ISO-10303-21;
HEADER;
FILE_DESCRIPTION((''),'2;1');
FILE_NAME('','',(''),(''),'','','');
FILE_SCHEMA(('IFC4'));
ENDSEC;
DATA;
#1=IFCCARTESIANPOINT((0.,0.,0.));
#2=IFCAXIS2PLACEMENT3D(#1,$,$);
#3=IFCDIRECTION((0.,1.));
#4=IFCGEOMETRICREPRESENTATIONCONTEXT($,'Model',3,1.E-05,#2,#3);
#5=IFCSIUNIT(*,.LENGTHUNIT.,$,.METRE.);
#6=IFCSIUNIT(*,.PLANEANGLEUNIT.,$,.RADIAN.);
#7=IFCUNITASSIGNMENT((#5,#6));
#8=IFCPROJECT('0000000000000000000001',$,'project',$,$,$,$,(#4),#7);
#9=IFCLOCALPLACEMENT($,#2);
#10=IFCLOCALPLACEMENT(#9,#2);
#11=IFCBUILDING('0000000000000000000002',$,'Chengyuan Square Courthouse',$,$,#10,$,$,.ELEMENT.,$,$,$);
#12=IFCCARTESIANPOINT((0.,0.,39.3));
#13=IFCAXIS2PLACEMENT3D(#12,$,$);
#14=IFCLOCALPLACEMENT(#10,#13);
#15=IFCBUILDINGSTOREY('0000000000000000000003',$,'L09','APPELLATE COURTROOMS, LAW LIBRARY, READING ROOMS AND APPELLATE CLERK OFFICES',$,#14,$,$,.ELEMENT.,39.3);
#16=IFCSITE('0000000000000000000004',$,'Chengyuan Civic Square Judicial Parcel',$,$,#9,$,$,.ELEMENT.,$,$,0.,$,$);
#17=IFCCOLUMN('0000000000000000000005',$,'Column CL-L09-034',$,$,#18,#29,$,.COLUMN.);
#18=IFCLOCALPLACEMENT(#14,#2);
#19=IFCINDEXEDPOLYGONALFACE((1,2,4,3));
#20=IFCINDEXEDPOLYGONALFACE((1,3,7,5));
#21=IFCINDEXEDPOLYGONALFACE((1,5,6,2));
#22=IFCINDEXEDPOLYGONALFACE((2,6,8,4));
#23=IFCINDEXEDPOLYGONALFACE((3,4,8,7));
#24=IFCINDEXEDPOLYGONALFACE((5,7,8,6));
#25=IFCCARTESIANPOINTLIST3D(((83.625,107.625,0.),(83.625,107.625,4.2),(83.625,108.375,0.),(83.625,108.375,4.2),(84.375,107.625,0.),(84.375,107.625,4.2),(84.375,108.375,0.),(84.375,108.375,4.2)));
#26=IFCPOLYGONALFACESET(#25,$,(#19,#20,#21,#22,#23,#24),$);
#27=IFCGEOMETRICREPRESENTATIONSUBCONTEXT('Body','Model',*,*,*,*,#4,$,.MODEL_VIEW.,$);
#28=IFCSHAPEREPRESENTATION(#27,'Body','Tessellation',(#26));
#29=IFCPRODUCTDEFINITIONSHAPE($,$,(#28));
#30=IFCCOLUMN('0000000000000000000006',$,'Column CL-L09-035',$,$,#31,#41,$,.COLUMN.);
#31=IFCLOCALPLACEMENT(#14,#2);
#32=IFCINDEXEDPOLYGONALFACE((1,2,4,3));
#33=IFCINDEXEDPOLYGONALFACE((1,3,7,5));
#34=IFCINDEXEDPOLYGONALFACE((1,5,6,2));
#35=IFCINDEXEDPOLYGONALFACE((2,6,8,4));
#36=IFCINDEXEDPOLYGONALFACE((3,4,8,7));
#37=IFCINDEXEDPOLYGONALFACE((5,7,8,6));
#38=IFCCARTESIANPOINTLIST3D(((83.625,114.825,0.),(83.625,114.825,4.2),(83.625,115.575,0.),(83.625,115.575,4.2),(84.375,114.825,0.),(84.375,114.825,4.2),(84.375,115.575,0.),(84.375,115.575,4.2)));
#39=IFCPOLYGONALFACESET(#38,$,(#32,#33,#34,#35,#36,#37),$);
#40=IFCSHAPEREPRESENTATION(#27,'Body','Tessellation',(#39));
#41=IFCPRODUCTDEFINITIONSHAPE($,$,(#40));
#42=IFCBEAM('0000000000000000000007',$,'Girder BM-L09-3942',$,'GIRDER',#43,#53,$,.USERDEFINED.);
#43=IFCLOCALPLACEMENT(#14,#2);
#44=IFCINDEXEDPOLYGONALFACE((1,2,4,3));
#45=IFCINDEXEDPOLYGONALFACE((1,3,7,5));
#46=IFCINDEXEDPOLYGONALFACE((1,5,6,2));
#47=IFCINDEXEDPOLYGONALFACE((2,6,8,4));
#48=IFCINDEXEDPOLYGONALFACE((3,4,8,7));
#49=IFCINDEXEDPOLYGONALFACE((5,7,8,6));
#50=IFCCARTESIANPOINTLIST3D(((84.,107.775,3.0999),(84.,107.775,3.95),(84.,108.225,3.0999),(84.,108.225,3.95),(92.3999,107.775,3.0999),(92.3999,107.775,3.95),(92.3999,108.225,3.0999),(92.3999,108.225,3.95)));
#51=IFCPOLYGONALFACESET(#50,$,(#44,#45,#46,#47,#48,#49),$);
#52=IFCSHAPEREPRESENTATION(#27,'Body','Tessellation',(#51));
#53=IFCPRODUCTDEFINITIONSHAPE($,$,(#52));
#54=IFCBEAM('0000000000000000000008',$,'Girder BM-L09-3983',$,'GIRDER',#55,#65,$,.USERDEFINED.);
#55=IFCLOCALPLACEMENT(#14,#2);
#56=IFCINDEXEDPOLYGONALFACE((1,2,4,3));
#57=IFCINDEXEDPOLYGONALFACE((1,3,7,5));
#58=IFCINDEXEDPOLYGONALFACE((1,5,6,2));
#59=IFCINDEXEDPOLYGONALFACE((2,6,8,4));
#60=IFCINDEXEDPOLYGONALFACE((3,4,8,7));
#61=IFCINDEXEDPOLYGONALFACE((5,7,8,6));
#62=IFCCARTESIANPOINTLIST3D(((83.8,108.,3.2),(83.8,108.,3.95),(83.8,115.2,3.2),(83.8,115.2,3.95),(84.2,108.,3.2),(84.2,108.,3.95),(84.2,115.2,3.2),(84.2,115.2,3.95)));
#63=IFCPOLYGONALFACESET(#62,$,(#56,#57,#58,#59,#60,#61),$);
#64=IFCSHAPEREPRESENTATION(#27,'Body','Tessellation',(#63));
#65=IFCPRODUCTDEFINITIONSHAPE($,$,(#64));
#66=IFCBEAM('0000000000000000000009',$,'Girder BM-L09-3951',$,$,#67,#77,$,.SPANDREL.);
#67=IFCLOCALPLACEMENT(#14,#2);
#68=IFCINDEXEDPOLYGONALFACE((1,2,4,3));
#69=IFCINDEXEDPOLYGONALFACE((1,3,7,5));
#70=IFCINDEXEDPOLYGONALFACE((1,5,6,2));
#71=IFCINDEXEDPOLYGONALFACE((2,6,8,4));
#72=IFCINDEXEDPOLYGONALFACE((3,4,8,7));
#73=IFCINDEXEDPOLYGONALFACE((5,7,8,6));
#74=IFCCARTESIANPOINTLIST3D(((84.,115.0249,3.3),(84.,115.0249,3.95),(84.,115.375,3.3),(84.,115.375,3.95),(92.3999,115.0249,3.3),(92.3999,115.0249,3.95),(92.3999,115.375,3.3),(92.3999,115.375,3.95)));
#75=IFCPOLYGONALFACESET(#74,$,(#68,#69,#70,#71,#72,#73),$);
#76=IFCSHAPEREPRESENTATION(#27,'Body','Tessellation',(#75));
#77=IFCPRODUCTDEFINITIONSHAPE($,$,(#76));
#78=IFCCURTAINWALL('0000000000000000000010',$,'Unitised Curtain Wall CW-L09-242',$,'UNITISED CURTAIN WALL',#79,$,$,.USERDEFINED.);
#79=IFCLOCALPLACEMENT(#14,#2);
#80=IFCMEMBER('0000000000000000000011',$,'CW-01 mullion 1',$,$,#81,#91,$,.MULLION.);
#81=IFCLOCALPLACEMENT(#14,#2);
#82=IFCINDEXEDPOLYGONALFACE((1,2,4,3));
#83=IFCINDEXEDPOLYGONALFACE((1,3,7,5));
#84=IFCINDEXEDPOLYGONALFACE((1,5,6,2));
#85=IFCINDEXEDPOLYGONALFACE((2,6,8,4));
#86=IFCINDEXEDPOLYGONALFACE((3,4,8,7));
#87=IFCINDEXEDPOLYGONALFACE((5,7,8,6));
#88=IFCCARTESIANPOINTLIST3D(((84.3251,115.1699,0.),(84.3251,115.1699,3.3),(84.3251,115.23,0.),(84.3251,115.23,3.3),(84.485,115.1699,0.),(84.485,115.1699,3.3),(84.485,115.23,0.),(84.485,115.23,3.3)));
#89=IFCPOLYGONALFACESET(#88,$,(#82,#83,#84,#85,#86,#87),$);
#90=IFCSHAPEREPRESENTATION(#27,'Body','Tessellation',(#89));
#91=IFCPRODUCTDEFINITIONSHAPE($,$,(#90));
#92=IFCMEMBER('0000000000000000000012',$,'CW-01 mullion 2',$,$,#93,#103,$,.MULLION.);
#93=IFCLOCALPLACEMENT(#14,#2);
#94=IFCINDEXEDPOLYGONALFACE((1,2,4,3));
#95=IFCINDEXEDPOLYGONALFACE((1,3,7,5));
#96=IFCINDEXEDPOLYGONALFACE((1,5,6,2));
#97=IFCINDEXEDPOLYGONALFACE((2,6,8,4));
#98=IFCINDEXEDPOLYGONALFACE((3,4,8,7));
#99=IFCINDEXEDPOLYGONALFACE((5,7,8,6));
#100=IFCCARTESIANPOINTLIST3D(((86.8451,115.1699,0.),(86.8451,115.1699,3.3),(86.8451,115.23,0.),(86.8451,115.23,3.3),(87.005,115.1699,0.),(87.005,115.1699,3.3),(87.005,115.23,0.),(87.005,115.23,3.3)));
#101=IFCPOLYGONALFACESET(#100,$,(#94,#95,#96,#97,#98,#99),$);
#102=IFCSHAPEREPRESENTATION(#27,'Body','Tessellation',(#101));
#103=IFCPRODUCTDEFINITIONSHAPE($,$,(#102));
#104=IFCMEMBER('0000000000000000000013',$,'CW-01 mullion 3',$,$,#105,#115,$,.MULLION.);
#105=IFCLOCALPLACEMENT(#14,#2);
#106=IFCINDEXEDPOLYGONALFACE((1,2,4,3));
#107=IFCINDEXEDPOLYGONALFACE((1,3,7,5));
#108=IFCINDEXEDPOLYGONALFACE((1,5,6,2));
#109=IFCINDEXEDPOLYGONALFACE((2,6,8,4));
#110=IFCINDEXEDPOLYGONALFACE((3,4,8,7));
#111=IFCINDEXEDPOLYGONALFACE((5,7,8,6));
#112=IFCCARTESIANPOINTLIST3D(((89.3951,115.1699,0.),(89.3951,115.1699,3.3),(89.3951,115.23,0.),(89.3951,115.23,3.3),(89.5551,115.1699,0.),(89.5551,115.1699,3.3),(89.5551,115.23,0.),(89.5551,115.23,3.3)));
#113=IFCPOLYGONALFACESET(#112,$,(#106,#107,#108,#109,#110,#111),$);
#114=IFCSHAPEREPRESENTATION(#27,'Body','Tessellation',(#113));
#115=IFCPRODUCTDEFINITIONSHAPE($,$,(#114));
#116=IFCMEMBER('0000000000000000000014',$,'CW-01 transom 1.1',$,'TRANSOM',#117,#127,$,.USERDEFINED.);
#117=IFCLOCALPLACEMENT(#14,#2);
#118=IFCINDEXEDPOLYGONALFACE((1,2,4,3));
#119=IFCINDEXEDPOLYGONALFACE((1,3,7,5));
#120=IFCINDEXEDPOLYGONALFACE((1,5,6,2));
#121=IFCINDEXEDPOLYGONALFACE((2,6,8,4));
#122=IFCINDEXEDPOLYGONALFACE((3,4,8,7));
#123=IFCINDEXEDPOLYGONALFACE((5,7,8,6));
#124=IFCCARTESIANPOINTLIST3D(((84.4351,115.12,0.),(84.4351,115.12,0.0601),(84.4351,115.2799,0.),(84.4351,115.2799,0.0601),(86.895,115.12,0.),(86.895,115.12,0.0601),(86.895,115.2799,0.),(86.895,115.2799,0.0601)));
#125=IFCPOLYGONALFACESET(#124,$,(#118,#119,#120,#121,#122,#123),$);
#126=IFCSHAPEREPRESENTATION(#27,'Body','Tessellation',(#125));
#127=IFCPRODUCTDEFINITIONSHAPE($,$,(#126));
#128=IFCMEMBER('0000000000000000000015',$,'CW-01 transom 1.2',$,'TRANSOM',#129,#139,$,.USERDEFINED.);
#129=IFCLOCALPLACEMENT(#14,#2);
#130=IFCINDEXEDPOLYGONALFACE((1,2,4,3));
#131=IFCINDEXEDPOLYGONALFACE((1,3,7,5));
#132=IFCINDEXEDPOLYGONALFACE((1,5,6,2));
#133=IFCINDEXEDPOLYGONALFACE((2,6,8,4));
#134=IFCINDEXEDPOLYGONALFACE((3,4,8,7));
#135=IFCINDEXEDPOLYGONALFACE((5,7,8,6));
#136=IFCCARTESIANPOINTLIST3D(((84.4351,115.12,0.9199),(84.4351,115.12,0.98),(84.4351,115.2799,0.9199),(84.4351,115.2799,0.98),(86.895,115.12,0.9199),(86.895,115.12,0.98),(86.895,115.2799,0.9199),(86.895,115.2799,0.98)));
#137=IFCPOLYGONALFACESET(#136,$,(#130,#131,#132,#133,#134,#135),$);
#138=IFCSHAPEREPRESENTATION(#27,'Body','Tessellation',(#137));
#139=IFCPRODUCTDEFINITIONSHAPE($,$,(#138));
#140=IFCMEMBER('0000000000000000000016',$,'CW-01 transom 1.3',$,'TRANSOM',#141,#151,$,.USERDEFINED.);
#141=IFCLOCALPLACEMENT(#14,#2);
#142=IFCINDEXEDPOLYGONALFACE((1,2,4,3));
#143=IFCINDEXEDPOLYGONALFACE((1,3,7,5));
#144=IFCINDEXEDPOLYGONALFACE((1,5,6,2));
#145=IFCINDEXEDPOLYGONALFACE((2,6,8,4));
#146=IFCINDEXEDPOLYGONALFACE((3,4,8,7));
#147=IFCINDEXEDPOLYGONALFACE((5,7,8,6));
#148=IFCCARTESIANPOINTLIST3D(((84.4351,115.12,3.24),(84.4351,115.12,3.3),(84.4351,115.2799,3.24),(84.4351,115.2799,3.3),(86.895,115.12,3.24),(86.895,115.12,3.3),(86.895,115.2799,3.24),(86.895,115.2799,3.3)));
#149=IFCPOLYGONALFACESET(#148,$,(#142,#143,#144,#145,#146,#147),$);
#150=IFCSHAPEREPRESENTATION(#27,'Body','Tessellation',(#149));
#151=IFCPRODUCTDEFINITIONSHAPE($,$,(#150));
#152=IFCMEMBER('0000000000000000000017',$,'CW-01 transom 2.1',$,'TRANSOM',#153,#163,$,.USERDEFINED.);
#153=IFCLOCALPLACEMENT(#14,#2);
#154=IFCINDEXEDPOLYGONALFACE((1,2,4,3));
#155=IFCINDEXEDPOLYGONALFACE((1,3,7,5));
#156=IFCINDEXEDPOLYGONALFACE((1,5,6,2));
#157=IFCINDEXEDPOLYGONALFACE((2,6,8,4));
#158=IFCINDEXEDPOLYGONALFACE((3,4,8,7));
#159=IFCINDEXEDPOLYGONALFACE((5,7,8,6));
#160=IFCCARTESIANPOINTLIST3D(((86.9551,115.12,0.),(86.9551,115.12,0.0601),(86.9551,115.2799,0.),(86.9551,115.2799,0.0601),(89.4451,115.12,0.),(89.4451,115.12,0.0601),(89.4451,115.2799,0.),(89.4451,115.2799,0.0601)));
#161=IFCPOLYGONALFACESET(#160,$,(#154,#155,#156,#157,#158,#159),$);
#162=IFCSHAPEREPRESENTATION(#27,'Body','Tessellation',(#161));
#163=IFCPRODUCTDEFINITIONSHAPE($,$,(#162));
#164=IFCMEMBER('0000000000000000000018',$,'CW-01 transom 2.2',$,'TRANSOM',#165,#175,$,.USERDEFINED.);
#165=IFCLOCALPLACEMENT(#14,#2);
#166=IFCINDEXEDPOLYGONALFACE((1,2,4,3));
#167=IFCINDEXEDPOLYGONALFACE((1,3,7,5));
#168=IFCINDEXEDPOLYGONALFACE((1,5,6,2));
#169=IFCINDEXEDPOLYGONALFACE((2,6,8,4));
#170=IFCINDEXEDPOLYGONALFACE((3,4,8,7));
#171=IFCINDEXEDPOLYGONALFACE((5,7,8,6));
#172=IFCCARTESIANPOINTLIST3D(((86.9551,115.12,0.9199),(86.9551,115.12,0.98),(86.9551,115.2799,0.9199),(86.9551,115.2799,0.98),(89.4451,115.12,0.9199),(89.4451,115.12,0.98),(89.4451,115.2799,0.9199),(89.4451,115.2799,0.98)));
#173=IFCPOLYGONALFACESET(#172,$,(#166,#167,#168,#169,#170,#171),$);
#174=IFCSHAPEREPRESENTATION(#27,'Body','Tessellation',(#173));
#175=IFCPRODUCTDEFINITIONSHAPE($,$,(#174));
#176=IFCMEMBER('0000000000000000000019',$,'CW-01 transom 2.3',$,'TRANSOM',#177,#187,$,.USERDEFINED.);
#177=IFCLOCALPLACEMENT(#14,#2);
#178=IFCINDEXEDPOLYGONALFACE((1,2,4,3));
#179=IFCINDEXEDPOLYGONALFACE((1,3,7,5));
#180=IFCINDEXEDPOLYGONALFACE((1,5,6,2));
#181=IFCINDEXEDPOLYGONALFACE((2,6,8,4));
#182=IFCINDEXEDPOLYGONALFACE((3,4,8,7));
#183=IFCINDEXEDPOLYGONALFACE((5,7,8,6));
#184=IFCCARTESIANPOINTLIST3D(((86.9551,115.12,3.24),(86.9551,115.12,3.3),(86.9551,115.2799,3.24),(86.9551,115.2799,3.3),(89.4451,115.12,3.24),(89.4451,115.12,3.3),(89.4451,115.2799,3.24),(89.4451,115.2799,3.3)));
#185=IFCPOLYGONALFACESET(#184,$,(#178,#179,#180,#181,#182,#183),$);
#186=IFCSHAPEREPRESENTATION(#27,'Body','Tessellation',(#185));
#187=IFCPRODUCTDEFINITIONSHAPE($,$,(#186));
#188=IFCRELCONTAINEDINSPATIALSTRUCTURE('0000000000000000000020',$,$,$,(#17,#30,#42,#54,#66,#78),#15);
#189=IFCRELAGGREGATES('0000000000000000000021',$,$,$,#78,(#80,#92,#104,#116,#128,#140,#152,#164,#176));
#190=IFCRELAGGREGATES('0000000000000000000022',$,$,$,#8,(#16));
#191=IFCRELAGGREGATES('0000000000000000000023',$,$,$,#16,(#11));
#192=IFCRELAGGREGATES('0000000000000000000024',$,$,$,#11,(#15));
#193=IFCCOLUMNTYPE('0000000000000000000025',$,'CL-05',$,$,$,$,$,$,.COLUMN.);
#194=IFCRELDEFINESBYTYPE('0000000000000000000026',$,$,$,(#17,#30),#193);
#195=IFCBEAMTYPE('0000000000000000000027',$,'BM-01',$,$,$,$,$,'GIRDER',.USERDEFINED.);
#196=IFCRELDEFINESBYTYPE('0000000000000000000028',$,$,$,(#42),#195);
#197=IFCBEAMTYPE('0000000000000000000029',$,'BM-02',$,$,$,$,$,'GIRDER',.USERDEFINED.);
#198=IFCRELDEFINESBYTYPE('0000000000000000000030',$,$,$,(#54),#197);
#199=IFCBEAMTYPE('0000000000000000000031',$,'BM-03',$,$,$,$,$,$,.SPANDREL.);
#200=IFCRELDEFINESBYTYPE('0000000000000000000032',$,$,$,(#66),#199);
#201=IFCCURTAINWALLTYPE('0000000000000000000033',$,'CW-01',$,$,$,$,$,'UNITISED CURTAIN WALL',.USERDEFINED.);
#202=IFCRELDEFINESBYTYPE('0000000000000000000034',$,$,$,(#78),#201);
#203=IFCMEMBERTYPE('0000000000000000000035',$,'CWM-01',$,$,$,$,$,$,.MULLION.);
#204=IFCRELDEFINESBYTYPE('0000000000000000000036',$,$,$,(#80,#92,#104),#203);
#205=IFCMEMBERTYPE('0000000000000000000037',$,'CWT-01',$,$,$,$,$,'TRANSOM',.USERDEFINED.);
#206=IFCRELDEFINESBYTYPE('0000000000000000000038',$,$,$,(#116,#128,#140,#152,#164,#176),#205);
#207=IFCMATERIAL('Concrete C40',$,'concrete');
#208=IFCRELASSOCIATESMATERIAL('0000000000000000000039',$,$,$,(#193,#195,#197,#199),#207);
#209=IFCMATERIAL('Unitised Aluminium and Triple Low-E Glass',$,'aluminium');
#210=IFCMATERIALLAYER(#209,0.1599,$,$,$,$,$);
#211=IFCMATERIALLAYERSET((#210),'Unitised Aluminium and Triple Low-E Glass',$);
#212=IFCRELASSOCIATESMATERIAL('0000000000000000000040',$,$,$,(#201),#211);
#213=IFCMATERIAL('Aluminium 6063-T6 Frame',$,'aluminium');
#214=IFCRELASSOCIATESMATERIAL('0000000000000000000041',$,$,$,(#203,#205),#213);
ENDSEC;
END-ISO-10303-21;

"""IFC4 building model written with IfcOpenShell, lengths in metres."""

from ifc_helpers import new_model, si_unit, direction, frame, origin, origin_2d, place, context, subcontext, project, spatial, rectangle, extrude, material, layer, layer_set, material_profile, profile_set, type_object, element, aggregate, save


model = new_model("IFC4")

# Units and contexts
model_context = context("Model", 3, precision=1e-05, world=origin(), true_north=direction((0.0, 1.0)))
body_context = subcontext(model_context, "Body", "Model", "MODEL_VIEW")
ifc_project = project(units=[si_unit("LENGTHUNIT", "METRE"), si_unit("PLANEANGLEUNIT", "RADIAN")], contexts=[model_context])

# Site, building, storey
site_placement = place(None, origin())
site = spatial("IfcSite", under=ifc_project, at=site_placement, Name="Chengyuan Civic Square Judicial Parcel", CompositionType="ELEMENT", RefElevation=0.0)
building_placement = place(site_placement, origin())
building = spatial("IfcBuilding", under=site, at=building_placement, Name="Chengyuan Square Courthouse", CompositionType="ELEMENT")
storey_placement = place(building_placement, frame((0.0, 0.0, 39.3)))
storey = spatial("IfcBuildingStorey", under=building, at=storey_placement, Name="L09", Description="APPELLATE COURTROOMS, LAW LIBRARY, READING ROOMS AND APPELLATE CLERK OFFICES", CompositionType="ELEMENT", Elevation=39.3)

# Columns
ifc_material_1 = material(Name="Concrete C40", Category="concrete")
ifc_material_profile_1 = material_profile(ifc_material_1, rectangle(XDim=0.75, YDim=0.75, at=origin_2d()), Name="RC-COL-750x750")
ifc_profile_set_1 = profile_set([ifc_material_profile_1], Name="Concrete C40")
column_type = type_object("IfcColumnType", Name="CL-05", PredefinedType="COLUMN", material=ifc_profile_set_1)
for number, where, z_axis, x_axis, name in (
    (1, (84.0, 108.0, 0.0), (0.0, 0.0, 1.0), (1.0, 0.0, 0.0), "Column CL-L09-034"),
    (2, (84.0, 115.2, 0.0), (0.0, 0.0, 1.0), (1.0, 0.0, 0.0), "Column CL-L09-035"),
):
    element("IfcColumn", number, at=place(storey_placement, frame(where, z_axis=z_axis, x_axis=x_axis)), inside=storey, type_object=column_type, Name=name, PredefinedType="COLUMN", context=body_context, shape_type="SweptSolid", body=[
        extrude(rectangle(XDim=0.75, YDim=0.75, at=origin_2d()), origin(), (0.0, 0.0, 1.0), 4.2),
    ])

# Beams
ifc_material_profile_2 = material_profile(ifc_material_1, rectangle(XDim=0.45, YDim=0.8501, at=origin_2d()), Name="RC-BM-450x850")
ifc_profile_set_2 = profile_set([ifc_material_profile_2], Name="Concrete C40")
beam_type_1 = type_object("IfcBeamType", Name="BM-01", ElementType="GIRDER", PredefinedType="USERDEFINED", material=ifc_profile_set_2)
beam_1_placement = place(storey_placement, frame((84.0, 108.0, 3.5249), z_axis=(1.0, 0.0, 0.0), x_axis=(0.0, 1.0, 0.0)))
element("IfcBeam", 3, at=beam_1_placement, inside=storey, type_object=beam_type_1, Name="Girder BM-L09-3942", ObjectType="GIRDER", PredefinedType="USERDEFINED", context=body_context, shape_type="SweptSolid", body=[
    extrude(rectangle(XDim=0.45, YDim=0.8501, at=origin_2d()), origin(), (0.0, 0.0, 1.0), 8.3999),
])
ifc_material_profile_3 = material_profile(ifc_material_1, rectangle(XDim=0.3999, YDim=0.75, at=origin_2d()), Name="RC-BM-400x750")
ifc_profile_set_3 = profile_set([ifc_material_profile_3], Name="Concrete C40")
beam_type_2 = type_object("IfcBeamType", Name="BM-02", ElementType="GIRDER", PredefinedType="USERDEFINED", material=ifc_profile_set_3)
beam_2_placement = place(storey_placement, frame((84.0, 108.0, 3.575), z_axis=(0.0, 1.0, 0.0), x_axis=(-1.0, 0.0, 0.0)))
element("IfcBeam", 4, at=beam_2_placement, inside=storey, type_object=beam_type_2, Name="Girder BM-L09-3983", ObjectType="GIRDER", PredefinedType="USERDEFINED", context=body_context, shape_type="SweptSolid", body=[
    extrude(rectangle(XDim=0.3999, YDim=0.75, at=origin_2d()), origin(), (0.0, 0.0, 1.0), 7.2),
])
ifc_material_profile_4 = material_profile(ifc_material_1, rectangle(XDim=0.3501, YDim=0.6499, at=origin_2d()), Name="RC-BM-350x650")
ifc_profile_set_4 = profile_set([ifc_material_profile_4], Name="Concrete C40")
beam_type_3 = type_object("IfcBeamType", Name="BM-03", PredefinedType="SPANDREL", material=ifc_profile_set_4)
beam_3_placement = place(storey_placement, frame((84.0, 115.2, 3.625), z_axis=(1.0, 0.0, 0.0), x_axis=(0.0, 1.0, 0.0)))
element("IfcBeam", 5, at=beam_3_placement, inside=storey, type_object=beam_type_3, Name="Girder BM-L09-3951", PredefinedType="SPANDREL", context=body_context, shape_type="SweptSolid", body=[
    extrude(rectangle(XDim=0.3501, YDim=0.6499, at=origin_2d()), origin(), (0.0, 0.0, 1.0), 8.3999),
])

# Curtain wall, members
ifc_material_2 = material(Name="Unitised Aluminium and Triple Low-E Glass", Category="aluminium")
ifc_layer_1 = layer(ifc_material_2, 0.1599)
ifc_layer_set_1 = layer_set([ifc_layer_1], Name="Unitised Aluminium and Triple Low-E Glass")
curtain_wall_type = type_object("IfcCurtainWallType", Name="CW-01", ElementType="UNITISED CURTAIN WALL", PredefinedType="USERDEFINED", material=ifc_layer_set_1)
curtain_wall_placement = place(storey_placement, origin())
curtain_wall = element("IfcCurtainWall", 6, at=curtain_wall_placement, inside=storey, type_object=curtain_wall_type, Name="Unitised Curtain Wall CW-L09-242", ObjectType="UNITISED CURTAIN WALL", PredefinedType="USERDEFINED")
ifc_material_3 = material(Name="Aluminium 6063-T6 Frame", Category="aluminium")
ifc_material_profile_5 = material_profile(ifc_material_3, rectangle(XDim=0.0601, YDim=0.1599, at=origin_2d()), Name="CW-MUL-60x160")
ifc_profile_set_5 = profile_set([ifc_material_profile_5], Name="Aluminium 6063-T6 Frame")
member_type_1 = type_object("IfcMemberType", Name="CWM-01", PredefinedType="MULLION", material=ifc_profile_set_5)
member_1_placement = place(storey_placement, frame((84.405, 115.2, 0.0), z_axis=(0.0, 0.0, 1.0), x_axis=(0.0, 1.0, 0.0)))
member_1 = element("IfcMember", 7, at=member_1_placement, type_object=member_type_1, Name="CW-01 mullion 1", PredefinedType="MULLION", context=body_context, shape_type="SweptSolid", body=[
    extrude(rectangle(XDim=0.0601, YDim=0.1599, at=origin_2d()), origin(), (0.0, 0.0, 1.0), 3.3),
])
member_2_placement = place(storey_placement, frame((86.925, 115.2, 0.0), z_axis=(0.0, 0.0, 1.0), x_axis=(0.0, 1.0, 0.0)))
member_2 = element("IfcMember", 8, at=member_2_placement, type_object=member_type_1, Name="CW-01 mullion 2", PredefinedType="MULLION", context=body_context, shape_type="SweptSolid", body=[
    extrude(rectangle(XDim=0.0601, YDim=0.1599, at=origin_2d()), origin(), (0.0, 0.0, 1.0), 3.3),
])
member_3_placement = place(storey_placement, frame((89.4751, 115.2, 0.0), z_axis=(0.0, 0.0, 1.0), x_axis=(0.0, 1.0, 0.0)))
member_3 = element("IfcMember", 9, at=member_3_placement, type_object=member_type_1, Name="CW-01 mullion 3", PredefinedType="MULLION", context=body_context, shape_type="SweptSolid", body=[
    extrude(rectangle(XDim=0.0601, YDim=0.1599, at=origin_2d()), origin(), (0.0, 0.0, 1.0), 3.3),
])
ifc_material_profile_6 = material_profile(ifc_material_3, rectangle(XDim=0.1599, YDim=0.0601, at=origin_2d()), Name="CW-TRN-60x120")
ifc_profile_set_6 = profile_set([ifc_material_profile_6], Name="Aluminium 6063-T6 Frame")
member_type_2 = type_object("IfcMemberType", Name="CWT-01", ElementType="TRANSOM", PredefinedType="USERDEFINED", material=ifc_profile_set_6)
member_4_placement = place(storey_placement, frame((84.4351, 115.2, 0.03), z_axis=(1.0, 0.0, 0.0), x_axis=(0.0, 1.0, 0.0)))
member_4 = element("IfcMember", 10, at=member_4_placement, type_object=member_type_2, Name="CW-01 transom 1.1", ObjectType="TRANSOM", PredefinedType="USERDEFINED", context=body_context, shape_type="SweptSolid", body=[
    extrude(rectangle(XDim=0.1599, YDim=0.0601, at=origin_2d()), origin(), (0.0, 0.0, 1.0), 2.46),
])
member_5_placement = place(storey_placement, frame((84.4351, 115.2, 0.95), z_axis=(1.0, 0.0, 0.0), x_axis=(0.0, 1.0, 0.0)))
member_5 = element("IfcMember", 11, at=member_5_placement, type_object=member_type_2, Name="CW-01 transom 1.2", ObjectType="TRANSOM", PredefinedType="USERDEFINED", context=body_context, shape_type="SweptSolid", body=[
    extrude(rectangle(XDim=0.1599, YDim=0.0601, at=origin_2d()), origin(), (0.0, 0.0, 1.0), 2.46),
])
member_6_placement = place(storey_placement, frame((84.4351, 115.2, 3.27), z_axis=(1.0, 0.0, 0.0), x_axis=(0.0, 1.0, 0.0)))
member_6 = element("IfcMember", 12, at=member_6_placement, type_object=member_type_2, Name="CW-01 transom 1.3", ObjectType="TRANSOM", PredefinedType="USERDEFINED", context=body_context, shape_type="SweptSolid", body=[
    extrude(rectangle(XDim=0.1599, YDim=0.0601, at=origin_2d()), origin(), (0.0, 0.0, 1.0), 2.46),
])
member_7_placement = place(storey_placement, frame((86.9551, 115.2, 0.03), z_axis=(1.0, 0.0, 0.0), x_axis=(0.0, 1.0, 0.0)))
member_7 = element("IfcMember", 13, at=member_7_placement, type_object=member_type_2, Name="CW-01 transom 2.1", ObjectType="TRANSOM", PredefinedType="USERDEFINED", context=body_context, shape_type="SweptSolid", body=[
    extrude(rectangle(XDim=0.1599, YDim=0.0601, at=origin_2d()), origin(), (0.0, 0.0, 1.0), 2.49),
])
member_8_placement = place(storey_placement, frame((86.9551, 115.2, 0.95), z_axis=(1.0, 0.0, 0.0), x_axis=(0.0, 1.0, 0.0)))
member_8 = element("IfcMember", 14, at=member_8_placement, type_object=member_type_2, Name="CW-01 transom 2.2", ObjectType="TRANSOM", PredefinedType="USERDEFINED", context=body_context, shape_type="SweptSolid", body=[
    extrude(rectangle(XDim=0.1599, YDim=0.0601, at=origin_2d()), origin(), (0.0, 0.0, 1.0), 2.49),
])
member_9_placement = place(storey_placement, frame((86.9551, 115.2, 3.27), z_axis=(1.0, 0.0, 0.0), x_axis=(0.0, 1.0, 0.0)))
member_9 = element("IfcMember", 15, at=member_9_placement, type_object=member_type_2, Name="CW-01 transom 2.3", ObjectType="TRANSOM", PredefinedType="USERDEFINED", context=body_context, shape_type="SweptSolid", body=[
    extrude(rectangle(XDim=0.1599, YDim=0.0601, at=origin_2d()), origin(), (0.0, 0.0, 1.0), 2.49),
])
aggregate(curtain_wall, [member_1, member_2, member_3, member_4, member_5, member_6, member_7, member_8, member_9])

save(model, "model.ifc")
